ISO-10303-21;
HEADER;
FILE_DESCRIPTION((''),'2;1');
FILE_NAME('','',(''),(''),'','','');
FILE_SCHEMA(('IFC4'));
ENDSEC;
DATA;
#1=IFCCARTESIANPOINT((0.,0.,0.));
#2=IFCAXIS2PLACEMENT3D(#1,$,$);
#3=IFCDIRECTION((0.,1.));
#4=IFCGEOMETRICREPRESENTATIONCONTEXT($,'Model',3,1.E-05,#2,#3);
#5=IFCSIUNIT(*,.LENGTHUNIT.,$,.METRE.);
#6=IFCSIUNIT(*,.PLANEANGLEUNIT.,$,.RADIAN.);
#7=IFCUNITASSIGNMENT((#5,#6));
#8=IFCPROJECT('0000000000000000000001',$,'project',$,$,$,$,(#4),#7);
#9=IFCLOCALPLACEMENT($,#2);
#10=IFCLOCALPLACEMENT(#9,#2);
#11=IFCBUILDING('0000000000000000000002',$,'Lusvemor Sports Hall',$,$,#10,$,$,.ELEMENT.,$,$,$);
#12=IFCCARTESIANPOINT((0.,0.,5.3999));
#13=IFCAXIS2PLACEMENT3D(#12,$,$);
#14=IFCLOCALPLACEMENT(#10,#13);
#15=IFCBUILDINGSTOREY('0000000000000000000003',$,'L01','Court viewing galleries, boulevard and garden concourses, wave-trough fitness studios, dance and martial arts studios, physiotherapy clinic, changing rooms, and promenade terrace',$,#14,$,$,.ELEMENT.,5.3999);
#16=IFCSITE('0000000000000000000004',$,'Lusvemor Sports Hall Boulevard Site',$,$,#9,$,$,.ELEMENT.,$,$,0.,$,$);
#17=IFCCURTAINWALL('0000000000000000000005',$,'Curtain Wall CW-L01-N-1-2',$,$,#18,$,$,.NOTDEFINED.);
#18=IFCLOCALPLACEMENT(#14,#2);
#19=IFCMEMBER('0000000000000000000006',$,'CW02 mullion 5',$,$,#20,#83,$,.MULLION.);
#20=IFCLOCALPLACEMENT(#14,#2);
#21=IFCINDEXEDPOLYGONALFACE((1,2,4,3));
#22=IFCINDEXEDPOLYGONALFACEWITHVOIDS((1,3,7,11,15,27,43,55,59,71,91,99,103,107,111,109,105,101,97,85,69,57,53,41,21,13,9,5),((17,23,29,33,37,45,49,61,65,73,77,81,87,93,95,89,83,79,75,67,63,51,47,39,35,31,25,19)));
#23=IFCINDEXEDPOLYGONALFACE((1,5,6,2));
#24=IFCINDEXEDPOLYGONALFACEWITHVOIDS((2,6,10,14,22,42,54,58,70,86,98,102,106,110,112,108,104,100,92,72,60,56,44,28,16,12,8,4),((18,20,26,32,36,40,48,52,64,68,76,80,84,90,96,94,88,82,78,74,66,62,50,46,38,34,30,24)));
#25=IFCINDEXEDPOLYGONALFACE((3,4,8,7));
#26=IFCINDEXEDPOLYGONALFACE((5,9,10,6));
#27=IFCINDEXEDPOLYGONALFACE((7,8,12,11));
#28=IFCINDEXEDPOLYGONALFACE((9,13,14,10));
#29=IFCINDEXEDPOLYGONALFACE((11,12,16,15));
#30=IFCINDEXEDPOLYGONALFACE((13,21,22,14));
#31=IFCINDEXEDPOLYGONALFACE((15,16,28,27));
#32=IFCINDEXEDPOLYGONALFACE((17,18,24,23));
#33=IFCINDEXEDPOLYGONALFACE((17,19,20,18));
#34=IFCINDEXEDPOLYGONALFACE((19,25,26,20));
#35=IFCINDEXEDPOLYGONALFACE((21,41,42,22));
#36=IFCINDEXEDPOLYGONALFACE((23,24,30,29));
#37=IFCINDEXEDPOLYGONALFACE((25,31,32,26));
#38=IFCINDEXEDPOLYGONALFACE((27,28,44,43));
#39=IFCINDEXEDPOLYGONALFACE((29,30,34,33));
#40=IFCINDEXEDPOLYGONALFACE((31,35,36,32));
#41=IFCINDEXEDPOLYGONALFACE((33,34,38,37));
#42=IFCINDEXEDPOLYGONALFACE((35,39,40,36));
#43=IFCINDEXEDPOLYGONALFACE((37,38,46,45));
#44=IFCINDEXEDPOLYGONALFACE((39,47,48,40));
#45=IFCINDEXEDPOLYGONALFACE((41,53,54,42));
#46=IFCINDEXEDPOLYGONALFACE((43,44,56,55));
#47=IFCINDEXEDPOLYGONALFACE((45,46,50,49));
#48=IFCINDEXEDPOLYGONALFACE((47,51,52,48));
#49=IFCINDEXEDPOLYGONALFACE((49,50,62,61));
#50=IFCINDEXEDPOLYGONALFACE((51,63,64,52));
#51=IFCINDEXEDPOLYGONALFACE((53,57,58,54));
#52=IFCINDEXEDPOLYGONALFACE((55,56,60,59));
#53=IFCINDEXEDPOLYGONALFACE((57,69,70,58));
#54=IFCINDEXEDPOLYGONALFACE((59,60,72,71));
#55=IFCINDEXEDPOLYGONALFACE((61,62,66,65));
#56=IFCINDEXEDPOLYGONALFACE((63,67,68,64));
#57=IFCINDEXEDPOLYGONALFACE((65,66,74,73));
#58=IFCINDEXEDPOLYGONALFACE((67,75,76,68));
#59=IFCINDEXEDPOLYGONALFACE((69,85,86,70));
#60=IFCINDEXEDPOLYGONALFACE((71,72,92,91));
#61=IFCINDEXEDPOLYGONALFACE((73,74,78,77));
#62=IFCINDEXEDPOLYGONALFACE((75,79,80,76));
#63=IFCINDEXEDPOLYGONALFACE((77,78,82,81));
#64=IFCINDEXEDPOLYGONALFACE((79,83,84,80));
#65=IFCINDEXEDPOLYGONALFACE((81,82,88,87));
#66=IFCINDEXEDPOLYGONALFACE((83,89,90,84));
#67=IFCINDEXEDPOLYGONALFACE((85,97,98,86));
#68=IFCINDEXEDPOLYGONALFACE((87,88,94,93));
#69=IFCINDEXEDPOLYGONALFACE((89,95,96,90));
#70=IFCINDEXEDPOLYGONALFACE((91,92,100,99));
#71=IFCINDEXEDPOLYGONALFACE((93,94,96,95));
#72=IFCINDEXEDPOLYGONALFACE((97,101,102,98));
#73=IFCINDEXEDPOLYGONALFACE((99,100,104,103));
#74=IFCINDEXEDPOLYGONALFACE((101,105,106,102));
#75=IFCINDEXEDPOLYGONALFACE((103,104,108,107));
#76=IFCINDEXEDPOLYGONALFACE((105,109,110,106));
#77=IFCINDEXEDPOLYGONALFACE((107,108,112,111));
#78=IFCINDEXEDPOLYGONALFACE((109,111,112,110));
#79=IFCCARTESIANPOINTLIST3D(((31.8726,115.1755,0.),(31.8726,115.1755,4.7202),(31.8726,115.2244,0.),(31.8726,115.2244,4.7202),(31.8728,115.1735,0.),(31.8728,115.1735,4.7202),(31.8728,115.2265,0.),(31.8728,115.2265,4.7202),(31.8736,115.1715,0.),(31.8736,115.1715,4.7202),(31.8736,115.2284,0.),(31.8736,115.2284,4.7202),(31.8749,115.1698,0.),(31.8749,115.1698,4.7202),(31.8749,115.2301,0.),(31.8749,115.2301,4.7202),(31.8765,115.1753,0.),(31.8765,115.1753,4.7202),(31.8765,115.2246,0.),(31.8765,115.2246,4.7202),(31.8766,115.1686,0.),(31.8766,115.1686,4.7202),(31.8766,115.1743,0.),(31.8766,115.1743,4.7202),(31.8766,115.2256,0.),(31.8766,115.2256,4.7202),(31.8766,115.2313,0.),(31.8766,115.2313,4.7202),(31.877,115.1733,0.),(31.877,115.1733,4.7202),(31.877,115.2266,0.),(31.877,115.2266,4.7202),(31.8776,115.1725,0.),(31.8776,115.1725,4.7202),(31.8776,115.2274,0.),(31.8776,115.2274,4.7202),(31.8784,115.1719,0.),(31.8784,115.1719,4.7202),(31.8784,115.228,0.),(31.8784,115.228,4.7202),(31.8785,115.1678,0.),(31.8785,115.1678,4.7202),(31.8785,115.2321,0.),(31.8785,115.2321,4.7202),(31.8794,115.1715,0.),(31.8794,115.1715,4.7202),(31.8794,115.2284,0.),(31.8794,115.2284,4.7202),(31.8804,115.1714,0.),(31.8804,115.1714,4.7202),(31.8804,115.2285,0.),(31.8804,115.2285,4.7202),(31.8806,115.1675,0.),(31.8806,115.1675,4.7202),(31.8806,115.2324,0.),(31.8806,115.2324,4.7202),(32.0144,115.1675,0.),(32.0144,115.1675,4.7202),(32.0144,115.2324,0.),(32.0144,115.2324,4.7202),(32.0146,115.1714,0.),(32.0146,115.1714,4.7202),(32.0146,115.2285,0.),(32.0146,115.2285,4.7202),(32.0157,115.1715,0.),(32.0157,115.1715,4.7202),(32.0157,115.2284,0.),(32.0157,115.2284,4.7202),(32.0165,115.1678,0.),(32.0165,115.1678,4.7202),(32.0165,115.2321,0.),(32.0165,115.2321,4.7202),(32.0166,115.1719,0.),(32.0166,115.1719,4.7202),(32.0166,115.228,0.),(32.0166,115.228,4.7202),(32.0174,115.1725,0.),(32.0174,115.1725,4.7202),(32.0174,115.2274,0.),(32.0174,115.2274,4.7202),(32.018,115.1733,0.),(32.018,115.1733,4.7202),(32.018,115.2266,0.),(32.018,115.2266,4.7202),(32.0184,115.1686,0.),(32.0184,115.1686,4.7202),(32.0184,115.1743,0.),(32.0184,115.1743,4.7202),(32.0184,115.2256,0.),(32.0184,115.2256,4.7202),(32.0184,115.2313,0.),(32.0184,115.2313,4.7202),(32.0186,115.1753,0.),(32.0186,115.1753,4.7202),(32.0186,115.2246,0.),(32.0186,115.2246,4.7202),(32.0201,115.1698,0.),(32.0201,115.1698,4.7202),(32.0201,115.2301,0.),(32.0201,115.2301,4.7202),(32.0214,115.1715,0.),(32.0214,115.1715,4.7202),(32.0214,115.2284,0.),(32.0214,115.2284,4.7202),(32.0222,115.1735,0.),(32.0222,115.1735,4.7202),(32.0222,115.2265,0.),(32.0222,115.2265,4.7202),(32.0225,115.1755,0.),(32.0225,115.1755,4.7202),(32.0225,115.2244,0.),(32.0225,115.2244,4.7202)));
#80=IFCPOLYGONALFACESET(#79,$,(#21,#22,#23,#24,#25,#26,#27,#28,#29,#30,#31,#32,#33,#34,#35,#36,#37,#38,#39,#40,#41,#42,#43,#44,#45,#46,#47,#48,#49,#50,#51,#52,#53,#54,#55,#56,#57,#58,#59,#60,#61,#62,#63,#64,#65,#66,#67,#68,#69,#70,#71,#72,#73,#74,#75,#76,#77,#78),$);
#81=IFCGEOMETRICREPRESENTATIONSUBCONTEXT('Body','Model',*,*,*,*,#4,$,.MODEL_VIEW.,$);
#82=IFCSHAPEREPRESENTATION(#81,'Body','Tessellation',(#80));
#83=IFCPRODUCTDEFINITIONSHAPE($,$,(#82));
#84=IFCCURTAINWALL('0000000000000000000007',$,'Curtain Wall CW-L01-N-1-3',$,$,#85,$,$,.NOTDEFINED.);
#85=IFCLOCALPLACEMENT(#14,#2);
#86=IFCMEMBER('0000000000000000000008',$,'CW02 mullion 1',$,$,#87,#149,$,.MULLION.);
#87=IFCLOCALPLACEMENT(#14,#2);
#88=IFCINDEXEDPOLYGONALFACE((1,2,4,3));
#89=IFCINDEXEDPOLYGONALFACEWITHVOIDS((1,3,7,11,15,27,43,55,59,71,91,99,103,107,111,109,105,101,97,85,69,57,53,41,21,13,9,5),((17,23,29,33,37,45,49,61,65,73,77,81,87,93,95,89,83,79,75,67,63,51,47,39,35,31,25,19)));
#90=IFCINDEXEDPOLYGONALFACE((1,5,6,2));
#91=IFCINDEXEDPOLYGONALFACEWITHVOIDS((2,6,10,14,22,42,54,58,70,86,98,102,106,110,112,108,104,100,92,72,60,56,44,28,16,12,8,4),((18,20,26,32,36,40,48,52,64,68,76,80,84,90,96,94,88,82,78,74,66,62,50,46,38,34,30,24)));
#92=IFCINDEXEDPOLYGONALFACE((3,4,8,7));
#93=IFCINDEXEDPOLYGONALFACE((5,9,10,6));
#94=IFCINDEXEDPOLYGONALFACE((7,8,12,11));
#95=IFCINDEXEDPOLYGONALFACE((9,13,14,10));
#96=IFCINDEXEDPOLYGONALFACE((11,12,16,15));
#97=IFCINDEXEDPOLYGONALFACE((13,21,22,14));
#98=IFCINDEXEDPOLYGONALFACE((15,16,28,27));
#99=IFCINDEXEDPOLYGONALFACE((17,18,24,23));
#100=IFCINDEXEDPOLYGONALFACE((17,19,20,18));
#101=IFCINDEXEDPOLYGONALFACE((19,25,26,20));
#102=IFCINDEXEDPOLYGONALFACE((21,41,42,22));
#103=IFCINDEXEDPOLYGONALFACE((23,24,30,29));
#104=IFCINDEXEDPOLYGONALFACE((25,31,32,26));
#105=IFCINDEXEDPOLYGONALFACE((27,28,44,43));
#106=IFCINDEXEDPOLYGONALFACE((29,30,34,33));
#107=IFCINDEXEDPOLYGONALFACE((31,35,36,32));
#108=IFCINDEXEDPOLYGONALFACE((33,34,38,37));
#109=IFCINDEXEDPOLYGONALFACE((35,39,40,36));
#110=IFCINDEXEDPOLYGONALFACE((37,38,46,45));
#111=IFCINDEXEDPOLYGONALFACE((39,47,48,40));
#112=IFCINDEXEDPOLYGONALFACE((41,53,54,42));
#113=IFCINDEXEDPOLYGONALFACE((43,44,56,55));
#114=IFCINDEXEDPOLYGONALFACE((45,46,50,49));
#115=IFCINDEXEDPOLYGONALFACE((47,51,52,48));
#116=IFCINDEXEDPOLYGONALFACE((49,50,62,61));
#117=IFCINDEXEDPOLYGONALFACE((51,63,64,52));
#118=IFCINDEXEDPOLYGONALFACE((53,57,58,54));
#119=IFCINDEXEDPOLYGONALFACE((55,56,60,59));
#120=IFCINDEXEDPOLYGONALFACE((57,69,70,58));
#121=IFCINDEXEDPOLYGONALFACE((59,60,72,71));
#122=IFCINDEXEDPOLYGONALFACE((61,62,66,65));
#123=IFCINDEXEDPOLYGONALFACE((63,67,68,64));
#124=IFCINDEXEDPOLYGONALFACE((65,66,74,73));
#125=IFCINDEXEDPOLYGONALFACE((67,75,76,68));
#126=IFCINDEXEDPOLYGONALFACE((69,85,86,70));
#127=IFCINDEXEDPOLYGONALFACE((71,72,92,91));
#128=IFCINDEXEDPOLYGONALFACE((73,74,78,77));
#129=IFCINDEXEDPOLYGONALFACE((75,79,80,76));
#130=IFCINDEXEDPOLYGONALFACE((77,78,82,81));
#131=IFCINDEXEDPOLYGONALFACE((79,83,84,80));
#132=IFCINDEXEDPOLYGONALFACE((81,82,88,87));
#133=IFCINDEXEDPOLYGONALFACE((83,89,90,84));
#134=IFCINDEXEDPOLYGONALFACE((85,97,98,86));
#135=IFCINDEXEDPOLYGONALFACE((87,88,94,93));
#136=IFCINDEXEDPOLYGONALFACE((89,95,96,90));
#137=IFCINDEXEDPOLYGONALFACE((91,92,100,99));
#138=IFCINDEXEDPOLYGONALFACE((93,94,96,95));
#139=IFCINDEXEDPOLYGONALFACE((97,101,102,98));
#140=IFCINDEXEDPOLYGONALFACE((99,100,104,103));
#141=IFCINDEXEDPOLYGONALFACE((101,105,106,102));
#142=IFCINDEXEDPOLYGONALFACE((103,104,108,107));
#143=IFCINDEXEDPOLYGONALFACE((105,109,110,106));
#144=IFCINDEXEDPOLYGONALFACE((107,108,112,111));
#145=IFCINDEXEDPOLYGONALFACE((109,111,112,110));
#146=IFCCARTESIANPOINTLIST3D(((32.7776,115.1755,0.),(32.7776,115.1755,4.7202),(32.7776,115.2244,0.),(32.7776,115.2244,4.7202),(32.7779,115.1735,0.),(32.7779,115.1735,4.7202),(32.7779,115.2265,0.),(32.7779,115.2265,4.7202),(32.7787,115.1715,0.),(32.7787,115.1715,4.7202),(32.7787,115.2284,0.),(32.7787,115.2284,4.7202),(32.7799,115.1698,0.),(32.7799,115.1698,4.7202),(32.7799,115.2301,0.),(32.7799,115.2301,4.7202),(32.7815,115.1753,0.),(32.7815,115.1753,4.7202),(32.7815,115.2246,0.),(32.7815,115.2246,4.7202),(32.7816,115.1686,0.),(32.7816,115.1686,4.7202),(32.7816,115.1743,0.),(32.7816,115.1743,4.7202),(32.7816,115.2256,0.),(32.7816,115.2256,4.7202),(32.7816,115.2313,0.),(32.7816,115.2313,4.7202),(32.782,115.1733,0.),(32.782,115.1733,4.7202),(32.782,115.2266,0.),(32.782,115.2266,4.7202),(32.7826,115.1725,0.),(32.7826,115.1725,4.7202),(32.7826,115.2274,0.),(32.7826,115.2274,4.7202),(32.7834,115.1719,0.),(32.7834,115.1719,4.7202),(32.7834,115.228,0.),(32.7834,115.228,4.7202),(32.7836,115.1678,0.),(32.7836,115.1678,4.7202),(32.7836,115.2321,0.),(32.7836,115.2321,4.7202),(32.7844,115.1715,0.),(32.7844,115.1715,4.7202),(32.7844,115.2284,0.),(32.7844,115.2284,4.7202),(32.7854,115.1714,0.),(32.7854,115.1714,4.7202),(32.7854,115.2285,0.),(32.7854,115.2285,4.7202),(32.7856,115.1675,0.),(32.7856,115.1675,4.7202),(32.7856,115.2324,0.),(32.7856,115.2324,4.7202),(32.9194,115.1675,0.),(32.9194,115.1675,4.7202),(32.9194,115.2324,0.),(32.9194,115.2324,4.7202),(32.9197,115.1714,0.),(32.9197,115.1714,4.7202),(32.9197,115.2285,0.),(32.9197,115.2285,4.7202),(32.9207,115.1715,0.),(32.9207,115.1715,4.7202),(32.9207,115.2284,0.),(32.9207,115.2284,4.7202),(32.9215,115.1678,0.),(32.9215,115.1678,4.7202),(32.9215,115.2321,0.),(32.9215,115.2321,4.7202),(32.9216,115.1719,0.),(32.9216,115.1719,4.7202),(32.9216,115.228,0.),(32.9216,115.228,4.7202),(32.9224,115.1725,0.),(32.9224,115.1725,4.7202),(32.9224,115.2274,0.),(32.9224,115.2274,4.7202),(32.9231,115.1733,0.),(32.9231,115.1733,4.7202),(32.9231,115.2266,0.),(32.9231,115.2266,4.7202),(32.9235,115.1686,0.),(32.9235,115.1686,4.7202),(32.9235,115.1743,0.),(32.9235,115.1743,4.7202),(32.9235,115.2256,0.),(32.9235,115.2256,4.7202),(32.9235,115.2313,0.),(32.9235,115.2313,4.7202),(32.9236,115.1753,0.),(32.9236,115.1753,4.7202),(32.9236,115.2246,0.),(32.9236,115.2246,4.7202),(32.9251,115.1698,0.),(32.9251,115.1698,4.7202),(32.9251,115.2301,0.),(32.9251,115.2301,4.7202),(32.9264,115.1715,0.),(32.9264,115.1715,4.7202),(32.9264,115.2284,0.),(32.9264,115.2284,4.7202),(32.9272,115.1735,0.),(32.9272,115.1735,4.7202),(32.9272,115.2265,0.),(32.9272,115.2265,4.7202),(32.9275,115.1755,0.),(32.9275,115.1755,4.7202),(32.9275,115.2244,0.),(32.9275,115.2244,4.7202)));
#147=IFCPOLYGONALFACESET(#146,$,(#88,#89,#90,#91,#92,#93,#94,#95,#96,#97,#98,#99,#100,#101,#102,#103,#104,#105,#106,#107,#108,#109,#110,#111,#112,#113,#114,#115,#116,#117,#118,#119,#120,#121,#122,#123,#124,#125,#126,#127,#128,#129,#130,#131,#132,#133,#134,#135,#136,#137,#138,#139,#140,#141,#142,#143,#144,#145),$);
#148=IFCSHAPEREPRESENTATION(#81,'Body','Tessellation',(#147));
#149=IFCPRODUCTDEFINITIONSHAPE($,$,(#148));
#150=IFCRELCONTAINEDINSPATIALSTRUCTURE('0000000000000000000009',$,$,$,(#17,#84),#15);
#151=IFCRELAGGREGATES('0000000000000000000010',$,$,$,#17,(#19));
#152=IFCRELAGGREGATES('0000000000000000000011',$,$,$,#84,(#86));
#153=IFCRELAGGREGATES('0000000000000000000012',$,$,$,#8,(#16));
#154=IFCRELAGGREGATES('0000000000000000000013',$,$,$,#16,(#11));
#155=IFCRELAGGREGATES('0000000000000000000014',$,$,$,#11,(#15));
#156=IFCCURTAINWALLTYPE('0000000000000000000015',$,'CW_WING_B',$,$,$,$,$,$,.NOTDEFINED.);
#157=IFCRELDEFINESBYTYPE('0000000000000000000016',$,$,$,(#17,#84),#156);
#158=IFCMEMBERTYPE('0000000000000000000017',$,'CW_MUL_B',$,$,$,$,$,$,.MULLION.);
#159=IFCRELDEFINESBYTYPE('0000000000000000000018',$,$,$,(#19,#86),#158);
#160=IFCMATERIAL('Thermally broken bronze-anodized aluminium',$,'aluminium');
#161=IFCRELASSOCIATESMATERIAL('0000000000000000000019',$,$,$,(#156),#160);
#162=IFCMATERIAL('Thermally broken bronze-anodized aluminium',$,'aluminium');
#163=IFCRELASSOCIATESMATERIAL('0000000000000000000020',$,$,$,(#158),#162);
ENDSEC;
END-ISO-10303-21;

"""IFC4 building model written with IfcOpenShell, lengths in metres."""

from ifc_helpers import new_model, si_unit, direction, frame, origin, origin_2d, place, context, subcontext, project, spatial, hollow_rectangle, extrude, material, material_profile, profile_set, type_object, element, aggregate, save


model = new_model("IFC4")

# Units and contexts
model_context = context("Model", 3, precision=1e-05, world=origin(), true_north=direction((0.0, 1.0)))
body_context = subcontext(model_context, "Body", "Model", "MODEL_VIEW")
ifc_project = project(units=[si_unit("LENGTHUNIT", "METRE"), si_unit("PLANEANGLEUNIT", "RADIAN")], contexts=[model_context])

# Site, building, storey
site_placement = place(None, origin())
site = spatial("IfcSite", under=ifc_project, at=site_placement, Name="Lusvemor Sports Hall Boulevard Site", CompositionType="ELEMENT", RefElevation=0.0)
building_placement = place(site_placement, origin())
building = spatial("IfcBuilding", under=site, at=building_placement, Name="Lusvemor Sports Hall", CompositionType="ELEMENT")
storey_placement = place(building_placement, frame((0.0, 0.0, 5.3999)))
storey = spatial("IfcBuildingStorey", under=building, at=storey_placement, Name="L01", Description="Court viewing galleries, boulevard and garden concourses, wave-trough fitness studios, dance and martial arts studios, physiotherapy clinic, changing rooms, and promenade terrace", CompositionType="ELEMENT", Elevation=5.3999)

# Curtain wall, member
ifc_material_1 = material(Name="Thermally broken bronze-anodized aluminium", Category="aluminium")
curtain_wall_type = type_object("IfcCurtainWallType", Name="CW_WING_B", PredefinedType="NOTDEFINED", material=ifc_material_1)
curtain_wall_1_placement = place(storey_placement, origin())
curtain_wall_1 = element("IfcCurtainWall", 1, at=curtain_wall_1_placement, inside=storey, type_object=curtain_wall_type, Name="Curtain Wall CW-L01-N-1-2", PredefinedType="NOTDEFINED")
ifc_material_2 = material(Name="Thermally broken bronze-anodized aluminium", Category="aluminium")
ifc_material_profile_1 = material_profile(ifc_material_2, hollow_rectangle(XDim=0.0649, YDim=0.1499, WallThickness=0.0039, InnerFilletRadius=0.0039, OuterFilletRadius=0.0081, at=origin_2d()), Name="CWMUL150x65x4")
ifc_profile_set_1 = profile_set([ifc_material_profile_1], Name="Thermally broken bronze-anodized aluminium")
member_type_1 = type_object("IfcMemberType", Name="CW_MUL_B", PredefinedType="MULLION", material=ifc_profile_set_1)
member_1_placement = place(storey_placement, frame((31.9475, 115.2, 0.0), z_axis=(0.0, 0.0, 1.0), x_axis=(0.0, 1.0, 0.0)))
member_1 = element("IfcMember", 2, at=member_1_placement, type_object=member_type_1, Name="CW02 mullion 5", PredefinedType="MULLION", context=body_context, shape_type="SweptSolid", body=[
    extrude(hollow_rectangle(XDim=0.0649, YDim=0.1499, WallThickness=0.0039, InnerFilletRadius=0.0039, OuterFilletRadius=0.0081, at=origin_2d()), origin(), (0.0, 0.0, 1.0), 4.7202),
])

# Curtain wall, member
curtain_wall_2_placement = place(storey_placement, origin())
curtain_wall_2 = element("IfcCurtainWall", 3, at=curtain_wall_2_placement, inside=storey, type_object=curtain_wall_type, Name="Curtain Wall CW-L01-N-1-3", PredefinedType="NOTDEFINED")
member_2_placement = place(storey_placement, frame((32.8525, 115.2, 0.0), z_axis=(0.0, 0.0, 1.0), x_axis=(0.0, 1.0, 0.0)))
member_2 = element("IfcMember", 4, at=member_2_placement, type_object=member_type_1, Name="CW02 mullion 1", PredefinedType="MULLION", context=body_context, shape_type="SweptSolid", body=[
    extrude(hollow_rectangle(XDim=0.0649, YDim=0.1499, WallThickness=0.0039, InnerFilletRadius=0.0039, OuterFilletRadius=0.0081, at=origin_2d()), origin(), (0.0, 0.0, 1.0), 4.7202),
])

aggregate(curtain_wall_1, [member_1])
aggregate(curtain_wall_2, [member_2])

save(model, "model.ifc")
